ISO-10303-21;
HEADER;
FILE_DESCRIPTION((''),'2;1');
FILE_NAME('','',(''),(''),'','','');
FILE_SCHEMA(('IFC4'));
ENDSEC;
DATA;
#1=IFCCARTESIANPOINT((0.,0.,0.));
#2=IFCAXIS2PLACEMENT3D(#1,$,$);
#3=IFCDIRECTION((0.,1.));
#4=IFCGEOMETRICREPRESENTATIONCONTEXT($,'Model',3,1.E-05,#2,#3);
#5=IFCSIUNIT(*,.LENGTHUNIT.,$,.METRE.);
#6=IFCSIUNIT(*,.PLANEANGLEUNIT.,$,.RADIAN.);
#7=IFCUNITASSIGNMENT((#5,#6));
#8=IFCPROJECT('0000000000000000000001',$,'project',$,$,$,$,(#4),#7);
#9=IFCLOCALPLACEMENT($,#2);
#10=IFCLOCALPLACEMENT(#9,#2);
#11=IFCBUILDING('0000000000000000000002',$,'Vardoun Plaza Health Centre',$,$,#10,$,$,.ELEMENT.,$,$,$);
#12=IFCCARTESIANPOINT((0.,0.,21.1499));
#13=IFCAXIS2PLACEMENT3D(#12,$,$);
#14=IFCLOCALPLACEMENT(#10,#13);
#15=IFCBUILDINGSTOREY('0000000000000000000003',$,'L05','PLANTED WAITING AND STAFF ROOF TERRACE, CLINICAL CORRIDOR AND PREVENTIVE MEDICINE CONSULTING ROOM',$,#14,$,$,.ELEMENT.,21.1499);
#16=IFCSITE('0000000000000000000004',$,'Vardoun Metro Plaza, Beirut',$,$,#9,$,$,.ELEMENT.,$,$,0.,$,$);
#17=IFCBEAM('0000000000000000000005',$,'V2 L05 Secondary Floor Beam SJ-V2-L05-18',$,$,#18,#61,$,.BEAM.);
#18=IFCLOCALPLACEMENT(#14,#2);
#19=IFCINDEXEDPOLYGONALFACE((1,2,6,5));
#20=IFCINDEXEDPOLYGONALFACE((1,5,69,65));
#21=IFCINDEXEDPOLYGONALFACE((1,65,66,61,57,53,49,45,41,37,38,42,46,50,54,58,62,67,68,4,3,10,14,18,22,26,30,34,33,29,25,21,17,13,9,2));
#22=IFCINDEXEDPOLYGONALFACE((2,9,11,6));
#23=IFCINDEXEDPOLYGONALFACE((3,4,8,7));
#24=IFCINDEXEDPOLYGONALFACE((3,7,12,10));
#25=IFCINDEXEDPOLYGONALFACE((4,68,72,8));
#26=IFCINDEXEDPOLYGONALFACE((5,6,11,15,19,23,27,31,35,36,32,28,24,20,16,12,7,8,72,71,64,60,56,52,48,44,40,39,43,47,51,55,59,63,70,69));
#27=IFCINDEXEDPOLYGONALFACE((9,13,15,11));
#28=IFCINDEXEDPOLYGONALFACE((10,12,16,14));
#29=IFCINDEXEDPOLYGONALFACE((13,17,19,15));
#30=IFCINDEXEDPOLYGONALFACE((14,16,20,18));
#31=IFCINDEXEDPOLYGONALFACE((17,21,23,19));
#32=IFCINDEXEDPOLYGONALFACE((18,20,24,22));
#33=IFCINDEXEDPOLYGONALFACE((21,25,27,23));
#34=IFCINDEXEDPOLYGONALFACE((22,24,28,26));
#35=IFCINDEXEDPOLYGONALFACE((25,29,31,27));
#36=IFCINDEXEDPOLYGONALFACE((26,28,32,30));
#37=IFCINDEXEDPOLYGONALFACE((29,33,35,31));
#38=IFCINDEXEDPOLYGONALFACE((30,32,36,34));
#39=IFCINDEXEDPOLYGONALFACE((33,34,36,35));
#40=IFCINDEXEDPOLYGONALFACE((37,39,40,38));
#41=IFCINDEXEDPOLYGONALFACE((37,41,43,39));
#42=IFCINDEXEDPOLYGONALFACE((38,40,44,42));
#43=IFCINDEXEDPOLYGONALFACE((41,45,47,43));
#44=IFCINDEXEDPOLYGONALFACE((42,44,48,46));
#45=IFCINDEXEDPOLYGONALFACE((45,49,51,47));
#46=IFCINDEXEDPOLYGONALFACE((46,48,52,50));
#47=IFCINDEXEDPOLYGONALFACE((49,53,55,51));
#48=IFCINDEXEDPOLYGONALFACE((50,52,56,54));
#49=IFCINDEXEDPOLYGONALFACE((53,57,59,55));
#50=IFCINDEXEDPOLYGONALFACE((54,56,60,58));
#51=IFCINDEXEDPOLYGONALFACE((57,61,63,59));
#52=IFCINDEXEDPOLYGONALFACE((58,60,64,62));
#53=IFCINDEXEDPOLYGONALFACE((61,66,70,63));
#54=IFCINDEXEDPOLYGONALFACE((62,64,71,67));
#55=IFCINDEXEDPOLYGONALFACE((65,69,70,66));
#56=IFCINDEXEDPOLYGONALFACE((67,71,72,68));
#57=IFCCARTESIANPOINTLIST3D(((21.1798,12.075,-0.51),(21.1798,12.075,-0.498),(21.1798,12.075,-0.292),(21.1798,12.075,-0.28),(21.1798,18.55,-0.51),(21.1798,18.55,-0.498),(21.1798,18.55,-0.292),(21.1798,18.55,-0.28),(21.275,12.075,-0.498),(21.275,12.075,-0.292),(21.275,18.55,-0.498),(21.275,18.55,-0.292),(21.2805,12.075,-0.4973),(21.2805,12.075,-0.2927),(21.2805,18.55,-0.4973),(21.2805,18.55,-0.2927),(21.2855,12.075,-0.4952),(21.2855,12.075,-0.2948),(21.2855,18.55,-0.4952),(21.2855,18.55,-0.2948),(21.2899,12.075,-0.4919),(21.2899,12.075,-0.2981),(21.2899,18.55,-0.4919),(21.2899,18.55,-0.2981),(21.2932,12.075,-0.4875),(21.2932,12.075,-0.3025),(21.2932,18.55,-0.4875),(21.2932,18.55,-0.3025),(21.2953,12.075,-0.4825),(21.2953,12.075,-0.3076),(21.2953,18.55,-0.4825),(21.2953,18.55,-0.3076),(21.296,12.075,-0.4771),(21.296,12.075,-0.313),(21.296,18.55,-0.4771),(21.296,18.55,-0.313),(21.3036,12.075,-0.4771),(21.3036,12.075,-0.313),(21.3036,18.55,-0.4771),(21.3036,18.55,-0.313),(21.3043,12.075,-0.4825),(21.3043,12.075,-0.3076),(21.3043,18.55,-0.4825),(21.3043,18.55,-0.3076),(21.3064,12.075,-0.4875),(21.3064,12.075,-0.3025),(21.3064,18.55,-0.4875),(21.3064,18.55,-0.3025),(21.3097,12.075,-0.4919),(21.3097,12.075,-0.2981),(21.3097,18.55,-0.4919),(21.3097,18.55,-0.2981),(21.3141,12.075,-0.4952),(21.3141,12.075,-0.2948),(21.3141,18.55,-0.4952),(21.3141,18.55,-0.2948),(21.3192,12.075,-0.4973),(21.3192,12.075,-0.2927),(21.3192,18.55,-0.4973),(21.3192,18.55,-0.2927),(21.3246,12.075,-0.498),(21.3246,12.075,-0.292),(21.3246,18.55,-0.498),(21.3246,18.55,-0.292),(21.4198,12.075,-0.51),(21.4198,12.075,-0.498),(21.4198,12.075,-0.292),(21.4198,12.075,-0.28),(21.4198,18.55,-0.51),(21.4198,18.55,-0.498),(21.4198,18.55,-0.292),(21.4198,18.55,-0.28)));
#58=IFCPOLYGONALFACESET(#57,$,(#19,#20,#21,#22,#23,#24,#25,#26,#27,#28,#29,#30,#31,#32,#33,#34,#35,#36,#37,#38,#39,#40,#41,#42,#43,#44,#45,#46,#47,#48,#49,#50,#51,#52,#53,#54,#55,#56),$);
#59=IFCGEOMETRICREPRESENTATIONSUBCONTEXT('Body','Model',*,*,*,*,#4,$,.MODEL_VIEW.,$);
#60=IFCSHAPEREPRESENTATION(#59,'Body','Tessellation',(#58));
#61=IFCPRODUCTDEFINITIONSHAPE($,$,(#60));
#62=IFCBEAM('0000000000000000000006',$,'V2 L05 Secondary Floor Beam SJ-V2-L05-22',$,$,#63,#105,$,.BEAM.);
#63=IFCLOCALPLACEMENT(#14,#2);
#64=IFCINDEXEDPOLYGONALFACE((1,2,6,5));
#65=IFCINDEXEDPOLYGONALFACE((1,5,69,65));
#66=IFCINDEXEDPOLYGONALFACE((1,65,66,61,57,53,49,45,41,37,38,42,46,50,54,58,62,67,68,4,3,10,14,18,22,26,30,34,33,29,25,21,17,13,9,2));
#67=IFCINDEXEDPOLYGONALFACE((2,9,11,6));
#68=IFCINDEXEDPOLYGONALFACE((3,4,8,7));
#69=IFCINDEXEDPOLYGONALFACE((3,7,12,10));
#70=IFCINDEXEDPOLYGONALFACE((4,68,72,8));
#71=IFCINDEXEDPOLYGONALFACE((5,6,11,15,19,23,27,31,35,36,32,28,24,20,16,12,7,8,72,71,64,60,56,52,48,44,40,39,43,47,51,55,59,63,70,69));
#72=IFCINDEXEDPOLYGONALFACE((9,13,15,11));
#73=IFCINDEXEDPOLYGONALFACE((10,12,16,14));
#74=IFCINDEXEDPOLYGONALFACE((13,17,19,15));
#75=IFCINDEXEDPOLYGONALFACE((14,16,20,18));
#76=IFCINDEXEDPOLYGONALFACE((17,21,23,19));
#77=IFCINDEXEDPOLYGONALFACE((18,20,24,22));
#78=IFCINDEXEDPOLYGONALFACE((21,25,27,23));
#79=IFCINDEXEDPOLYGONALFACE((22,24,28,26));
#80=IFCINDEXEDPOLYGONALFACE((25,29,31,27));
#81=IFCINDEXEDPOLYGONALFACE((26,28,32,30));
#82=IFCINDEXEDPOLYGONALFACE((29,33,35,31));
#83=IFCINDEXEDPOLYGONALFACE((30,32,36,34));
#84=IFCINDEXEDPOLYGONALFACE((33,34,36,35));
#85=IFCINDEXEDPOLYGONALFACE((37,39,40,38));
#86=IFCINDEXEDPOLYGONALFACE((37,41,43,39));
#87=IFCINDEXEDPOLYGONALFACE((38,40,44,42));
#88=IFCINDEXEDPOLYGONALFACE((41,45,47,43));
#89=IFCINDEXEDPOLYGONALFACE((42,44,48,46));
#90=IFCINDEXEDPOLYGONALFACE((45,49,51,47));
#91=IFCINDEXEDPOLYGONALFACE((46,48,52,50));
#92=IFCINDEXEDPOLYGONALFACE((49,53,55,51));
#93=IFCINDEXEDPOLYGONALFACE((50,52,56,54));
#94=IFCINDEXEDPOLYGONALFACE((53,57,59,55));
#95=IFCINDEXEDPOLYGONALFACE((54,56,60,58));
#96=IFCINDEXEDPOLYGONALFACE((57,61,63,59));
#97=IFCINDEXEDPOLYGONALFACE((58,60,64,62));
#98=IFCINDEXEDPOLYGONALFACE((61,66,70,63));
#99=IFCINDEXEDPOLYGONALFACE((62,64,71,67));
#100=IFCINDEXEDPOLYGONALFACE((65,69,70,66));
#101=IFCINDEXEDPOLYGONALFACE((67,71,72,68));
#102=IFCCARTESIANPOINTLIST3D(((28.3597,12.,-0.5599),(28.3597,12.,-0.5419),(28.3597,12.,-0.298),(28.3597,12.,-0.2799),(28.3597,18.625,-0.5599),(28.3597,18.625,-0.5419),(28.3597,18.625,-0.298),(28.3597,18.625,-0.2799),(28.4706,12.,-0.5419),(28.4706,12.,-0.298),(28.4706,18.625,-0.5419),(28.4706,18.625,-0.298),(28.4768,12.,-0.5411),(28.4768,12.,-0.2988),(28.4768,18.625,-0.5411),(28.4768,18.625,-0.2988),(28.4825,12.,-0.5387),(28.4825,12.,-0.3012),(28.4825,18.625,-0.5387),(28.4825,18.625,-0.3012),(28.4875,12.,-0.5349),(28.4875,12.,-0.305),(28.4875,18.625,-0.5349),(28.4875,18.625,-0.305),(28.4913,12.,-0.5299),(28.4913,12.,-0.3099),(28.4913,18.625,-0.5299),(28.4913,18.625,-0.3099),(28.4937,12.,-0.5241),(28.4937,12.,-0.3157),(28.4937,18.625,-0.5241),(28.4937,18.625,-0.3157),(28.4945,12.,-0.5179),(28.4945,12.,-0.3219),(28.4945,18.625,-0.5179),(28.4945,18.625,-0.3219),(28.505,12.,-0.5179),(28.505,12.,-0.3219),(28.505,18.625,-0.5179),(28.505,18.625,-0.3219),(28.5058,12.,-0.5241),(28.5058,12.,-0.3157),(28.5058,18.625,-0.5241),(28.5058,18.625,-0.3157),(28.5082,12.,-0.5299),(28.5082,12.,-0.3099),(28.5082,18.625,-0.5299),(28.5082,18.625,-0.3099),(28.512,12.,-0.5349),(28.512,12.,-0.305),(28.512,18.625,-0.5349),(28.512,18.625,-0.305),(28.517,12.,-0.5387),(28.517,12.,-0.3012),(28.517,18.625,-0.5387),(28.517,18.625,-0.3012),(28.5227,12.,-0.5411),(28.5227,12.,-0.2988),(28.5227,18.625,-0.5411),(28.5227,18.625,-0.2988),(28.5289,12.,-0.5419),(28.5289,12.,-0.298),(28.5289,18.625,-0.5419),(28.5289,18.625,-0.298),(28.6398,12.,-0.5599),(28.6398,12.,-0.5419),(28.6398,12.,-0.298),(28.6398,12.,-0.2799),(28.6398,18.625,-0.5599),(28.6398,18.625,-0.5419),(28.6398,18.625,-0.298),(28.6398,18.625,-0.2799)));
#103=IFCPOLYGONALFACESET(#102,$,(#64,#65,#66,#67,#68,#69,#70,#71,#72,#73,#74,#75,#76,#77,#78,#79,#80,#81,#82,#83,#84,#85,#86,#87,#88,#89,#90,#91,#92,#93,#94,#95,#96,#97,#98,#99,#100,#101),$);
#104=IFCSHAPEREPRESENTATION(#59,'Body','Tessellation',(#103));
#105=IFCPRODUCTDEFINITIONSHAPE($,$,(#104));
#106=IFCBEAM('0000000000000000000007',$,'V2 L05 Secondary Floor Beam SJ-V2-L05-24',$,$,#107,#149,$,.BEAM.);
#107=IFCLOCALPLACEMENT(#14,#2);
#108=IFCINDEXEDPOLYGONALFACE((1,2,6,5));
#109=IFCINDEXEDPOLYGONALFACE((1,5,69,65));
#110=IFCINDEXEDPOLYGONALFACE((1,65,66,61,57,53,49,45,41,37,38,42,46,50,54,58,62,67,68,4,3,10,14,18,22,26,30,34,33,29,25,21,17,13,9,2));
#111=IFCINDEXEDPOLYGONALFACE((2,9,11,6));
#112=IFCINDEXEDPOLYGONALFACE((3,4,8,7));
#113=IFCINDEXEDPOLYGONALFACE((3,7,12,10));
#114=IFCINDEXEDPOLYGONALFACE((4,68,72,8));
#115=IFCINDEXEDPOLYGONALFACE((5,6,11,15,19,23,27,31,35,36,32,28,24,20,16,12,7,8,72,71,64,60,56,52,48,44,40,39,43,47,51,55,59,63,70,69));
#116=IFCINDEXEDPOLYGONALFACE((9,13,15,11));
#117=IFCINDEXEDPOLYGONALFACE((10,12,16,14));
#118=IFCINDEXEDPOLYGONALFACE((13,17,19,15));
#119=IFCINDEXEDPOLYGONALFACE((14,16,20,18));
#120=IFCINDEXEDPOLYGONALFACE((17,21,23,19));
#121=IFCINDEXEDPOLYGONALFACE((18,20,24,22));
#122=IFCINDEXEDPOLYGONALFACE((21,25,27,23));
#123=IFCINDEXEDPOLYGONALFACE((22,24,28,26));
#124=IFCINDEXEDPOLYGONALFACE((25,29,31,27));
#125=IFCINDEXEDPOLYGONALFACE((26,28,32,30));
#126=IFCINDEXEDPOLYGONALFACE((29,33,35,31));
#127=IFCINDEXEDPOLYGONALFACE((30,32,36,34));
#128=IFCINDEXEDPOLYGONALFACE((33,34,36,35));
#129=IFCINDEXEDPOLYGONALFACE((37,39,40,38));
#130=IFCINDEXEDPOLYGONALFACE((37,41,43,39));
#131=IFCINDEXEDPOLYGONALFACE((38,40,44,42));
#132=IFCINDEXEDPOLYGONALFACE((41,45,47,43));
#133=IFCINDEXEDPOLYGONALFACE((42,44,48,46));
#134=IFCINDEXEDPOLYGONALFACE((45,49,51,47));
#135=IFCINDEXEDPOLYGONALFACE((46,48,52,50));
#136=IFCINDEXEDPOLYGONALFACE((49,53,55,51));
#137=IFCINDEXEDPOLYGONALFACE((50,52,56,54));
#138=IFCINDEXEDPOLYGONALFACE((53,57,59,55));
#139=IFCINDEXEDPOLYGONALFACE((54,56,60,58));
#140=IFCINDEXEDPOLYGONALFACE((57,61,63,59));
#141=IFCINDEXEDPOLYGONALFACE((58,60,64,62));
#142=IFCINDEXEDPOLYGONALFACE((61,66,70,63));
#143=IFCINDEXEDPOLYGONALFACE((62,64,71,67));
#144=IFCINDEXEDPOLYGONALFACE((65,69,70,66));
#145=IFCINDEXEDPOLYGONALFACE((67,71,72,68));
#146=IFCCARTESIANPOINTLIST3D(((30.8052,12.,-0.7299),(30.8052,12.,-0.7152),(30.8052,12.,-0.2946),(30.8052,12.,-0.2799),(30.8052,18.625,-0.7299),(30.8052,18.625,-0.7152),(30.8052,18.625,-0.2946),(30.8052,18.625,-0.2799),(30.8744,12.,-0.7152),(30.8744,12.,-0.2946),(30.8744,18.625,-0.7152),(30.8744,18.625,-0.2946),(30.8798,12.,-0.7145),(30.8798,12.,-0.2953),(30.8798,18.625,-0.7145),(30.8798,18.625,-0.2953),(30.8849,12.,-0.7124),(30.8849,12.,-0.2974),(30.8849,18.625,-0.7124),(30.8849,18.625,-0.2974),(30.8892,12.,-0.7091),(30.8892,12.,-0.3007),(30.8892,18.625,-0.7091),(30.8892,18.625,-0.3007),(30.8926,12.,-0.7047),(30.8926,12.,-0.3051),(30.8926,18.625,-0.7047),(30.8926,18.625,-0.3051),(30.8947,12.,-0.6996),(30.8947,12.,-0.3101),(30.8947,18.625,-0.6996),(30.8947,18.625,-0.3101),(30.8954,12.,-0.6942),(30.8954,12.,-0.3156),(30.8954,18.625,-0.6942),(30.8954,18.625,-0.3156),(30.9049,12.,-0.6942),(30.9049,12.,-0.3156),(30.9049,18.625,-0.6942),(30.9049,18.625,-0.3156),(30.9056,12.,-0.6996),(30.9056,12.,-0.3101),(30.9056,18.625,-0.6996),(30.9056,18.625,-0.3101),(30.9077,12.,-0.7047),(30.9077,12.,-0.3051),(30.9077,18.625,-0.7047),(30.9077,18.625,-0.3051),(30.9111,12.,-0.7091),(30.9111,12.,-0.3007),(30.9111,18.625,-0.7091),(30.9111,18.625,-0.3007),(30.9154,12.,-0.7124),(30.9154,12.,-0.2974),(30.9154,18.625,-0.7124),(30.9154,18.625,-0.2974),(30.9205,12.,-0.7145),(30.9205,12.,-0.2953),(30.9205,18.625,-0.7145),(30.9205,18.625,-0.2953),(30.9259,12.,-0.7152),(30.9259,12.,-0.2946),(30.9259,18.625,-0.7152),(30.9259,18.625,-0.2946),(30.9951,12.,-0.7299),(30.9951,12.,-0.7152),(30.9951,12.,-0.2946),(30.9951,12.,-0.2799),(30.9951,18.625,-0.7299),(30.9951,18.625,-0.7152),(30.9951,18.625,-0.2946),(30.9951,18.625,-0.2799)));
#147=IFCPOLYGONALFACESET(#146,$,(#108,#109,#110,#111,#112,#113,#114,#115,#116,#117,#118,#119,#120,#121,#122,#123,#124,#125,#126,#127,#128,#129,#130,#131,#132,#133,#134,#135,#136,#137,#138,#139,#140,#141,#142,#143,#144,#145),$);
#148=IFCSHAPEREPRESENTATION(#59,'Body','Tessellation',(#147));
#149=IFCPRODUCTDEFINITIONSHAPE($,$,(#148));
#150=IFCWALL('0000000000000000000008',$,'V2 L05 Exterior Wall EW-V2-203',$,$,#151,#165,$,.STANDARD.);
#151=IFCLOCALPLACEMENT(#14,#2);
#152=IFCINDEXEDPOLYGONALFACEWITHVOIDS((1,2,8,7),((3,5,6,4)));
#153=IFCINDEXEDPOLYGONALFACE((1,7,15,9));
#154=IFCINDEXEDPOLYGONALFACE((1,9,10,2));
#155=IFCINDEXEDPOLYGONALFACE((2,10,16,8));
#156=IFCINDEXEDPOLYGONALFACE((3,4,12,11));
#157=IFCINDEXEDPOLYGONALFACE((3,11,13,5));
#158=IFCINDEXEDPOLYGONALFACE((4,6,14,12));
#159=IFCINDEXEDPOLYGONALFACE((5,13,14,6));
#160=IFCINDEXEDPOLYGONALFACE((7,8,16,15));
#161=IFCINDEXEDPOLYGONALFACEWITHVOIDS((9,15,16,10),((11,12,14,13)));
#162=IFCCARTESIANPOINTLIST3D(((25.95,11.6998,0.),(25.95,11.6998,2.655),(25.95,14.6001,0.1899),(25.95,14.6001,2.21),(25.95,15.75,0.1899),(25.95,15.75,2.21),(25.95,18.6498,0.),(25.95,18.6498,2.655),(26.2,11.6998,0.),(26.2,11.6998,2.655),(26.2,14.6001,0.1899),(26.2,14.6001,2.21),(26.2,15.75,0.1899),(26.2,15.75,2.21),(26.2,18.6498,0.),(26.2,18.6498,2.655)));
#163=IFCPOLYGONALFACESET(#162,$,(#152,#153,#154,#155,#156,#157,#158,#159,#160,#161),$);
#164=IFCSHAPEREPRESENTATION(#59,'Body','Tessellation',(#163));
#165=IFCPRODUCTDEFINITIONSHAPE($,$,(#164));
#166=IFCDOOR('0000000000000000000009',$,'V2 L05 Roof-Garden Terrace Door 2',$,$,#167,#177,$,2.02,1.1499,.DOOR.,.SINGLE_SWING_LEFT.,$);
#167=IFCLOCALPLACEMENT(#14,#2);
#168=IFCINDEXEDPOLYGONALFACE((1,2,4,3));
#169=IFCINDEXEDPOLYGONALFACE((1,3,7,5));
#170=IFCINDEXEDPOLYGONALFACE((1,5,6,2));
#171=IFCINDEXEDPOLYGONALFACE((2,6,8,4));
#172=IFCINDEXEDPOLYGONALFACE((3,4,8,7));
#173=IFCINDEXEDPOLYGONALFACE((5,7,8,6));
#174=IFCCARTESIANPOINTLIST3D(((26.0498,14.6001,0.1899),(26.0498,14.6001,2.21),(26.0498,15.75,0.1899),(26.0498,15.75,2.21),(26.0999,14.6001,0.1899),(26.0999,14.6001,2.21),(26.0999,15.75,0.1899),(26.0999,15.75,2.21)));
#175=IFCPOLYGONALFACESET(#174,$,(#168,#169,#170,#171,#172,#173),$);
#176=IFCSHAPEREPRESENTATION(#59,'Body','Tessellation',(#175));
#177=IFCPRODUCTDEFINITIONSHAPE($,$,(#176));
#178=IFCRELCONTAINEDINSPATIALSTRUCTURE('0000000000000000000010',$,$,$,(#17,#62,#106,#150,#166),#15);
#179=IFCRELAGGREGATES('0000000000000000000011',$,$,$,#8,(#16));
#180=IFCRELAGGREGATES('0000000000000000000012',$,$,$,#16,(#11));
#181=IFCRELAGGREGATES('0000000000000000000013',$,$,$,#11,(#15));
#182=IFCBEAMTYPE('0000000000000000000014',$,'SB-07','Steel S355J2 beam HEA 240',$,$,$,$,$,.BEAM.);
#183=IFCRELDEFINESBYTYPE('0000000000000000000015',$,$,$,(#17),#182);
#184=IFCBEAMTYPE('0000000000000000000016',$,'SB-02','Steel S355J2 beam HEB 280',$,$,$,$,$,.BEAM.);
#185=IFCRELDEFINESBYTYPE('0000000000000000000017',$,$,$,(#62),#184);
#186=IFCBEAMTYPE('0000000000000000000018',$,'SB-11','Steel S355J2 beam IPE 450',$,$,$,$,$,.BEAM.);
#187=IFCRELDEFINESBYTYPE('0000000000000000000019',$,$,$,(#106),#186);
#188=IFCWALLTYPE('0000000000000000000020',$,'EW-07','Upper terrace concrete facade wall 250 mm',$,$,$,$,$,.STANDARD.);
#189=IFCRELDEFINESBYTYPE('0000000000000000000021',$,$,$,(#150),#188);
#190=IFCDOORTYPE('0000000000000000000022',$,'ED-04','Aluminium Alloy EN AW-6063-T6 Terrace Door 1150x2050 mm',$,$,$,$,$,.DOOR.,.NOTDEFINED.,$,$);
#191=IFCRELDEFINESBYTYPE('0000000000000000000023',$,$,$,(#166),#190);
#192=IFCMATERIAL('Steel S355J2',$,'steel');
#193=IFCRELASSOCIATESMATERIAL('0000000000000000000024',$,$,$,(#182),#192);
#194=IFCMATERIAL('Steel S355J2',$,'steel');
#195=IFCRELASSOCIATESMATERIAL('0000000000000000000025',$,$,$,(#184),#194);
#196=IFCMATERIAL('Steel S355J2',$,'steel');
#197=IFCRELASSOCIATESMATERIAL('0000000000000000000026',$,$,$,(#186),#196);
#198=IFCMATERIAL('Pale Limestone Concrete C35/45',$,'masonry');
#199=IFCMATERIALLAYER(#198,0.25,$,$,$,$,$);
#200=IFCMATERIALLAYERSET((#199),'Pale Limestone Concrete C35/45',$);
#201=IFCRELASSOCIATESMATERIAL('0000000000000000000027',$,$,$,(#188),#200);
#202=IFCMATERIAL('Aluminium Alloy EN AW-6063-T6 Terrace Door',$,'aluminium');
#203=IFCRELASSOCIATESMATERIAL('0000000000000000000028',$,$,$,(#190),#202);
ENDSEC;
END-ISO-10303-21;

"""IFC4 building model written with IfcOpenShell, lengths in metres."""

from ifc_helpers import new_model, si_unit, direction, frame, frame_2d, origin, origin_2d, place, context, subcontext, project, spatial, rectangle, i_section, extrude, material, layer, layer_set, material_profile, profile_set, type_object, element, fill, save


model = new_model("IFC4")

# Units and contexts
model_context = context("Model", 3, precision=1e-05, world=origin(), true_north=direction((0.0, 1.0)))
body_context = subcontext(model_context, "Body", "Model", "MODEL_VIEW")
ifc_project = project(units=[si_unit("LENGTHUNIT", "METRE"), si_unit("PLANEANGLEUNIT", "RADIAN")], contexts=[model_context])

# Site, building, storey
site_placement = place(None, origin())
site = spatial("IfcSite", under=ifc_project, at=site_placement, Name="Vardoun Metro Plaza, Beirut", CompositionType="ELEMENT", RefElevation=0.0)
building_placement = place(site_placement, origin())
building = spatial("IfcBuilding", under=site, at=building_placement, Name="Vardoun Plaza Health Centre", CompositionType="ELEMENT")
storey_placement = place(building_placement, frame((0.0, 0.0, 21.1499)))
storey = spatial("IfcBuildingStorey", under=building, at=storey_placement, Name="L05", Description="PLANTED WAITING AND STAFF ROOF TERRACE, CLINICAL CORRIDOR AND PREVENTIVE MEDICINE CONSULTING ROOM", CompositionType="ELEMENT", Elevation=21.1499)

# Beams
ifc_material_1 = material(Name="Steel S355J2", Category="steel")
ifc_material_profile_1 = material_profile(ifc_material_1, i_section(OverallWidth=0.24, OverallDepth=0.23, WebThickness=0.0076, FlangeThickness=0.012, FilletRadius=0.021, at=origin_2d()), Name="HEA 240")
ifc_profile_set_1 = profile_set([ifc_material_profile_1], Name="Steel S355J2")
beam_type_1 = type_object("IfcBeamType", Name="SB-07", Description="Steel S355J2 beam HEA 240", PredefinedType="BEAM", material=ifc_profile_set_1)
beam_1_placement = place(storey_placement, frame((21.2998, 12.075, -0.395), z_axis=(0.0, 1.0, 0.0), x_axis=(-1.0, 0.0, 0.0)))
element("IfcBeam", 1, at=beam_1_placement, inside=storey, type_object=beam_type_1, Name="V2 L05 Secondary Floor Beam SJ-V2-L05-18", PredefinedType="BEAM", context=body_context, shape_type="SweptSolid", body=[
    extrude(i_section(OverallWidth=0.24, OverallDepth=0.23, WebThickness=0.0076, FlangeThickness=0.012, FilletRadius=0.021, at=origin_2d()), origin(), (0.0, 0.0, 1.0), 6.4751),
])
ifc_material_2 = material(Name="Steel S355J2", Category="steel")
ifc_material_profile_2 = material_profile(ifc_material_2, i_section(OverallWidth=0.28, OverallDepth=0.28, WebThickness=0.0105, FlangeThickness=0.0181, FilletRadius=0.0239, at=origin_2d()), Name="HEB 280")
ifc_profile_set_2 = profile_set([ifc_material_profile_2], Name="Steel S355J2")
beam_type_2 = type_object("IfcBeamType", Name="SB-02", Description="Steel S355J2 beam HEB 280", PredefinedType="BEAM", material=ifc_profile_set_2)
beam_2_placement = place(storey_placement, frame((28.4998, 12.0, -0.4199), z_axis=(0.0, 1.0, 0.0), x_axis=(-1.0, 0.0, 0.0)))
element("IfcBeam", 2, at=beam_2_placement, inside=storey, type_object=beam_type_2, Name="V2 L05 Secondary Floor Beam SJ-V2-L05-22", PredefinedType="BEAM", context=body_context, shape_type="SweptSolid", body=[
    extrude(i_section(OverallWidth=0.28, OverallDepth=0.28, WebThickness=0.0105, FlangeThickness=0.0181, FilletRadius=0.0239, at=origin_2d()), origin(), (0.0, 0.0, 1.0), 6.625),
])
ifc_material_3 = material(Name="Steel S355J2", Category="steel")
ifc_material_profile_3 = material_profile(ifc_material_3, i_section(OverallWidth=0.1899, OverallDepth=0.45, WebThickness=0.0095, FlangeThickness=0.0146, FilletRadius=0.021, at=origin_2d()), Name="IPE 450")
ifc_profile_set_3 = profile_set([ifc_material_profile_3], Name="Steel S355J2")
beam_type_3 = type_object("IfcBeamType", Name="SB-11", Description="Steel S355J2 beam IPE 450", PredefinedType="BEAM", material=ifc_profile_set_3)
beam_3_placement = place(storey_placement, frame((30.9001, 12.0, -0.5049), z_axis=(0.0, 1.0, 0.0), x_axis=(-1.0, 0.0, 0.0)))
element("IfcBeam", 3, at=beam_3_placement, inside=storey, type_object=beam_type_3, Name="V2 L05 Secondary Floor Beam SJ-V2-L05-24", PredefinedType="BEAM", context=body_context, shape_type="SweptSolid", body=[
    extrude(i_section(OverallWidth=0.1899, OverallDepth=0.45, WebThickness=0.0095, FlangeThickness=0.0146, FilletRadius=0.021, at=origin_2d()), origin(), (0.0, 0.0, 1.0), 6.625),
])

# Wall, opening, door
ifc_material_4 = material(Name="Pale Limestone Concrete C35/45", Category="masonry")
ifc_layer_1 = layer(ifc_material_4, 0.25)
ifc_layer_set_1 = layer_set([ifc_layer_1], Name="Pale Limestone Concrete C35/45")
wall_type_1 = type_object("IfcWallType", Name="EW-07", Description="Upper terrace concrete facade wall 250 mm", PredefinedType="STANDARD", material=ifc_layer_set_1)
wall_1_placement = place(storey_placement, frame((26.075, 18.6499, 0.0), z_axis=(0.0, 0.0, 1.0), x_axis=(0.0, -1.0, 0.0)))
wall_1 = element("IfcWall", 4, at=wall_1_placement, inside=storey, type_object=wall_type_1, Name="V2 L05 Exterior Wall EW-V2-203", PredefinedType="STANDARD", context=body_context, shape_type="SweptSolid", body=[
    extrude(rectangle(XDim=6.95, YDim=0.25, at=frame_2d((3.4751, 0.0))), origin(), (0.0, 0.0, 1.0), 2.655),
])
opening_1_placement = place(wall_1_placement, frame((2.8999, 0.0, 0.1899)))
opening_1 = element("IfcOpeningElement", 5, at=opening_1_placement, cuts=wall_1, PredefinedType="OPENING", context=body_context, shape_type="SweptSolid", body=[
    extrude(rectangle(XDim=1.1499, YDim=2.02, at=frame_2d((0.575, 1.01))), frame((0.0, 0.125, 0.0), z_axis=(0.0, -1.0, 0.0), x_axis=(1.0, 0.0, 0.0)), (0.0, 0.0, 1.0), 0.25),
])
ifc_material_5 = material(Name="Aluminium Alloy EN AW-6063-T6 Terrace Door", Category="aluminium")
door_type = type_object("IfcDoorType", Name="ED-04", Description="Aluminium Alloy EN AW-6063-T6 Terrace Door 1150x2050 mm", OperationType="NOTDEFINED", PredefinedType="DOOR", material=ifc_material_5)
door_placement = place(opening_1_placement, origin())
door = element("IfcDoor", 6, at=door_placement, inside=storey, type_object=door_type, Name="V2 L05 Roof-Garden Terrace Door 2", OperationType="SINGLE_SWING_LEFT", OverallHeight=2.02, OverallWidth=1.1499, PredefinedType="DOOR", context=body_context, shape_type="SweptSolid", body=[
    extrude(rectangle(XDim=1.1499, YDim=2.02, at=frame_2d((0.575, 1.01))), frame((0.0, 0.0249, 0.0), z_axis=(0.0, -1.0, 0.0), x_axis=(1.0, 0.0, 0.0)), (0.0, 0.0, 1.0), 0.05),
])
fill(opening_1, door)

save(model, "model.ifc")
